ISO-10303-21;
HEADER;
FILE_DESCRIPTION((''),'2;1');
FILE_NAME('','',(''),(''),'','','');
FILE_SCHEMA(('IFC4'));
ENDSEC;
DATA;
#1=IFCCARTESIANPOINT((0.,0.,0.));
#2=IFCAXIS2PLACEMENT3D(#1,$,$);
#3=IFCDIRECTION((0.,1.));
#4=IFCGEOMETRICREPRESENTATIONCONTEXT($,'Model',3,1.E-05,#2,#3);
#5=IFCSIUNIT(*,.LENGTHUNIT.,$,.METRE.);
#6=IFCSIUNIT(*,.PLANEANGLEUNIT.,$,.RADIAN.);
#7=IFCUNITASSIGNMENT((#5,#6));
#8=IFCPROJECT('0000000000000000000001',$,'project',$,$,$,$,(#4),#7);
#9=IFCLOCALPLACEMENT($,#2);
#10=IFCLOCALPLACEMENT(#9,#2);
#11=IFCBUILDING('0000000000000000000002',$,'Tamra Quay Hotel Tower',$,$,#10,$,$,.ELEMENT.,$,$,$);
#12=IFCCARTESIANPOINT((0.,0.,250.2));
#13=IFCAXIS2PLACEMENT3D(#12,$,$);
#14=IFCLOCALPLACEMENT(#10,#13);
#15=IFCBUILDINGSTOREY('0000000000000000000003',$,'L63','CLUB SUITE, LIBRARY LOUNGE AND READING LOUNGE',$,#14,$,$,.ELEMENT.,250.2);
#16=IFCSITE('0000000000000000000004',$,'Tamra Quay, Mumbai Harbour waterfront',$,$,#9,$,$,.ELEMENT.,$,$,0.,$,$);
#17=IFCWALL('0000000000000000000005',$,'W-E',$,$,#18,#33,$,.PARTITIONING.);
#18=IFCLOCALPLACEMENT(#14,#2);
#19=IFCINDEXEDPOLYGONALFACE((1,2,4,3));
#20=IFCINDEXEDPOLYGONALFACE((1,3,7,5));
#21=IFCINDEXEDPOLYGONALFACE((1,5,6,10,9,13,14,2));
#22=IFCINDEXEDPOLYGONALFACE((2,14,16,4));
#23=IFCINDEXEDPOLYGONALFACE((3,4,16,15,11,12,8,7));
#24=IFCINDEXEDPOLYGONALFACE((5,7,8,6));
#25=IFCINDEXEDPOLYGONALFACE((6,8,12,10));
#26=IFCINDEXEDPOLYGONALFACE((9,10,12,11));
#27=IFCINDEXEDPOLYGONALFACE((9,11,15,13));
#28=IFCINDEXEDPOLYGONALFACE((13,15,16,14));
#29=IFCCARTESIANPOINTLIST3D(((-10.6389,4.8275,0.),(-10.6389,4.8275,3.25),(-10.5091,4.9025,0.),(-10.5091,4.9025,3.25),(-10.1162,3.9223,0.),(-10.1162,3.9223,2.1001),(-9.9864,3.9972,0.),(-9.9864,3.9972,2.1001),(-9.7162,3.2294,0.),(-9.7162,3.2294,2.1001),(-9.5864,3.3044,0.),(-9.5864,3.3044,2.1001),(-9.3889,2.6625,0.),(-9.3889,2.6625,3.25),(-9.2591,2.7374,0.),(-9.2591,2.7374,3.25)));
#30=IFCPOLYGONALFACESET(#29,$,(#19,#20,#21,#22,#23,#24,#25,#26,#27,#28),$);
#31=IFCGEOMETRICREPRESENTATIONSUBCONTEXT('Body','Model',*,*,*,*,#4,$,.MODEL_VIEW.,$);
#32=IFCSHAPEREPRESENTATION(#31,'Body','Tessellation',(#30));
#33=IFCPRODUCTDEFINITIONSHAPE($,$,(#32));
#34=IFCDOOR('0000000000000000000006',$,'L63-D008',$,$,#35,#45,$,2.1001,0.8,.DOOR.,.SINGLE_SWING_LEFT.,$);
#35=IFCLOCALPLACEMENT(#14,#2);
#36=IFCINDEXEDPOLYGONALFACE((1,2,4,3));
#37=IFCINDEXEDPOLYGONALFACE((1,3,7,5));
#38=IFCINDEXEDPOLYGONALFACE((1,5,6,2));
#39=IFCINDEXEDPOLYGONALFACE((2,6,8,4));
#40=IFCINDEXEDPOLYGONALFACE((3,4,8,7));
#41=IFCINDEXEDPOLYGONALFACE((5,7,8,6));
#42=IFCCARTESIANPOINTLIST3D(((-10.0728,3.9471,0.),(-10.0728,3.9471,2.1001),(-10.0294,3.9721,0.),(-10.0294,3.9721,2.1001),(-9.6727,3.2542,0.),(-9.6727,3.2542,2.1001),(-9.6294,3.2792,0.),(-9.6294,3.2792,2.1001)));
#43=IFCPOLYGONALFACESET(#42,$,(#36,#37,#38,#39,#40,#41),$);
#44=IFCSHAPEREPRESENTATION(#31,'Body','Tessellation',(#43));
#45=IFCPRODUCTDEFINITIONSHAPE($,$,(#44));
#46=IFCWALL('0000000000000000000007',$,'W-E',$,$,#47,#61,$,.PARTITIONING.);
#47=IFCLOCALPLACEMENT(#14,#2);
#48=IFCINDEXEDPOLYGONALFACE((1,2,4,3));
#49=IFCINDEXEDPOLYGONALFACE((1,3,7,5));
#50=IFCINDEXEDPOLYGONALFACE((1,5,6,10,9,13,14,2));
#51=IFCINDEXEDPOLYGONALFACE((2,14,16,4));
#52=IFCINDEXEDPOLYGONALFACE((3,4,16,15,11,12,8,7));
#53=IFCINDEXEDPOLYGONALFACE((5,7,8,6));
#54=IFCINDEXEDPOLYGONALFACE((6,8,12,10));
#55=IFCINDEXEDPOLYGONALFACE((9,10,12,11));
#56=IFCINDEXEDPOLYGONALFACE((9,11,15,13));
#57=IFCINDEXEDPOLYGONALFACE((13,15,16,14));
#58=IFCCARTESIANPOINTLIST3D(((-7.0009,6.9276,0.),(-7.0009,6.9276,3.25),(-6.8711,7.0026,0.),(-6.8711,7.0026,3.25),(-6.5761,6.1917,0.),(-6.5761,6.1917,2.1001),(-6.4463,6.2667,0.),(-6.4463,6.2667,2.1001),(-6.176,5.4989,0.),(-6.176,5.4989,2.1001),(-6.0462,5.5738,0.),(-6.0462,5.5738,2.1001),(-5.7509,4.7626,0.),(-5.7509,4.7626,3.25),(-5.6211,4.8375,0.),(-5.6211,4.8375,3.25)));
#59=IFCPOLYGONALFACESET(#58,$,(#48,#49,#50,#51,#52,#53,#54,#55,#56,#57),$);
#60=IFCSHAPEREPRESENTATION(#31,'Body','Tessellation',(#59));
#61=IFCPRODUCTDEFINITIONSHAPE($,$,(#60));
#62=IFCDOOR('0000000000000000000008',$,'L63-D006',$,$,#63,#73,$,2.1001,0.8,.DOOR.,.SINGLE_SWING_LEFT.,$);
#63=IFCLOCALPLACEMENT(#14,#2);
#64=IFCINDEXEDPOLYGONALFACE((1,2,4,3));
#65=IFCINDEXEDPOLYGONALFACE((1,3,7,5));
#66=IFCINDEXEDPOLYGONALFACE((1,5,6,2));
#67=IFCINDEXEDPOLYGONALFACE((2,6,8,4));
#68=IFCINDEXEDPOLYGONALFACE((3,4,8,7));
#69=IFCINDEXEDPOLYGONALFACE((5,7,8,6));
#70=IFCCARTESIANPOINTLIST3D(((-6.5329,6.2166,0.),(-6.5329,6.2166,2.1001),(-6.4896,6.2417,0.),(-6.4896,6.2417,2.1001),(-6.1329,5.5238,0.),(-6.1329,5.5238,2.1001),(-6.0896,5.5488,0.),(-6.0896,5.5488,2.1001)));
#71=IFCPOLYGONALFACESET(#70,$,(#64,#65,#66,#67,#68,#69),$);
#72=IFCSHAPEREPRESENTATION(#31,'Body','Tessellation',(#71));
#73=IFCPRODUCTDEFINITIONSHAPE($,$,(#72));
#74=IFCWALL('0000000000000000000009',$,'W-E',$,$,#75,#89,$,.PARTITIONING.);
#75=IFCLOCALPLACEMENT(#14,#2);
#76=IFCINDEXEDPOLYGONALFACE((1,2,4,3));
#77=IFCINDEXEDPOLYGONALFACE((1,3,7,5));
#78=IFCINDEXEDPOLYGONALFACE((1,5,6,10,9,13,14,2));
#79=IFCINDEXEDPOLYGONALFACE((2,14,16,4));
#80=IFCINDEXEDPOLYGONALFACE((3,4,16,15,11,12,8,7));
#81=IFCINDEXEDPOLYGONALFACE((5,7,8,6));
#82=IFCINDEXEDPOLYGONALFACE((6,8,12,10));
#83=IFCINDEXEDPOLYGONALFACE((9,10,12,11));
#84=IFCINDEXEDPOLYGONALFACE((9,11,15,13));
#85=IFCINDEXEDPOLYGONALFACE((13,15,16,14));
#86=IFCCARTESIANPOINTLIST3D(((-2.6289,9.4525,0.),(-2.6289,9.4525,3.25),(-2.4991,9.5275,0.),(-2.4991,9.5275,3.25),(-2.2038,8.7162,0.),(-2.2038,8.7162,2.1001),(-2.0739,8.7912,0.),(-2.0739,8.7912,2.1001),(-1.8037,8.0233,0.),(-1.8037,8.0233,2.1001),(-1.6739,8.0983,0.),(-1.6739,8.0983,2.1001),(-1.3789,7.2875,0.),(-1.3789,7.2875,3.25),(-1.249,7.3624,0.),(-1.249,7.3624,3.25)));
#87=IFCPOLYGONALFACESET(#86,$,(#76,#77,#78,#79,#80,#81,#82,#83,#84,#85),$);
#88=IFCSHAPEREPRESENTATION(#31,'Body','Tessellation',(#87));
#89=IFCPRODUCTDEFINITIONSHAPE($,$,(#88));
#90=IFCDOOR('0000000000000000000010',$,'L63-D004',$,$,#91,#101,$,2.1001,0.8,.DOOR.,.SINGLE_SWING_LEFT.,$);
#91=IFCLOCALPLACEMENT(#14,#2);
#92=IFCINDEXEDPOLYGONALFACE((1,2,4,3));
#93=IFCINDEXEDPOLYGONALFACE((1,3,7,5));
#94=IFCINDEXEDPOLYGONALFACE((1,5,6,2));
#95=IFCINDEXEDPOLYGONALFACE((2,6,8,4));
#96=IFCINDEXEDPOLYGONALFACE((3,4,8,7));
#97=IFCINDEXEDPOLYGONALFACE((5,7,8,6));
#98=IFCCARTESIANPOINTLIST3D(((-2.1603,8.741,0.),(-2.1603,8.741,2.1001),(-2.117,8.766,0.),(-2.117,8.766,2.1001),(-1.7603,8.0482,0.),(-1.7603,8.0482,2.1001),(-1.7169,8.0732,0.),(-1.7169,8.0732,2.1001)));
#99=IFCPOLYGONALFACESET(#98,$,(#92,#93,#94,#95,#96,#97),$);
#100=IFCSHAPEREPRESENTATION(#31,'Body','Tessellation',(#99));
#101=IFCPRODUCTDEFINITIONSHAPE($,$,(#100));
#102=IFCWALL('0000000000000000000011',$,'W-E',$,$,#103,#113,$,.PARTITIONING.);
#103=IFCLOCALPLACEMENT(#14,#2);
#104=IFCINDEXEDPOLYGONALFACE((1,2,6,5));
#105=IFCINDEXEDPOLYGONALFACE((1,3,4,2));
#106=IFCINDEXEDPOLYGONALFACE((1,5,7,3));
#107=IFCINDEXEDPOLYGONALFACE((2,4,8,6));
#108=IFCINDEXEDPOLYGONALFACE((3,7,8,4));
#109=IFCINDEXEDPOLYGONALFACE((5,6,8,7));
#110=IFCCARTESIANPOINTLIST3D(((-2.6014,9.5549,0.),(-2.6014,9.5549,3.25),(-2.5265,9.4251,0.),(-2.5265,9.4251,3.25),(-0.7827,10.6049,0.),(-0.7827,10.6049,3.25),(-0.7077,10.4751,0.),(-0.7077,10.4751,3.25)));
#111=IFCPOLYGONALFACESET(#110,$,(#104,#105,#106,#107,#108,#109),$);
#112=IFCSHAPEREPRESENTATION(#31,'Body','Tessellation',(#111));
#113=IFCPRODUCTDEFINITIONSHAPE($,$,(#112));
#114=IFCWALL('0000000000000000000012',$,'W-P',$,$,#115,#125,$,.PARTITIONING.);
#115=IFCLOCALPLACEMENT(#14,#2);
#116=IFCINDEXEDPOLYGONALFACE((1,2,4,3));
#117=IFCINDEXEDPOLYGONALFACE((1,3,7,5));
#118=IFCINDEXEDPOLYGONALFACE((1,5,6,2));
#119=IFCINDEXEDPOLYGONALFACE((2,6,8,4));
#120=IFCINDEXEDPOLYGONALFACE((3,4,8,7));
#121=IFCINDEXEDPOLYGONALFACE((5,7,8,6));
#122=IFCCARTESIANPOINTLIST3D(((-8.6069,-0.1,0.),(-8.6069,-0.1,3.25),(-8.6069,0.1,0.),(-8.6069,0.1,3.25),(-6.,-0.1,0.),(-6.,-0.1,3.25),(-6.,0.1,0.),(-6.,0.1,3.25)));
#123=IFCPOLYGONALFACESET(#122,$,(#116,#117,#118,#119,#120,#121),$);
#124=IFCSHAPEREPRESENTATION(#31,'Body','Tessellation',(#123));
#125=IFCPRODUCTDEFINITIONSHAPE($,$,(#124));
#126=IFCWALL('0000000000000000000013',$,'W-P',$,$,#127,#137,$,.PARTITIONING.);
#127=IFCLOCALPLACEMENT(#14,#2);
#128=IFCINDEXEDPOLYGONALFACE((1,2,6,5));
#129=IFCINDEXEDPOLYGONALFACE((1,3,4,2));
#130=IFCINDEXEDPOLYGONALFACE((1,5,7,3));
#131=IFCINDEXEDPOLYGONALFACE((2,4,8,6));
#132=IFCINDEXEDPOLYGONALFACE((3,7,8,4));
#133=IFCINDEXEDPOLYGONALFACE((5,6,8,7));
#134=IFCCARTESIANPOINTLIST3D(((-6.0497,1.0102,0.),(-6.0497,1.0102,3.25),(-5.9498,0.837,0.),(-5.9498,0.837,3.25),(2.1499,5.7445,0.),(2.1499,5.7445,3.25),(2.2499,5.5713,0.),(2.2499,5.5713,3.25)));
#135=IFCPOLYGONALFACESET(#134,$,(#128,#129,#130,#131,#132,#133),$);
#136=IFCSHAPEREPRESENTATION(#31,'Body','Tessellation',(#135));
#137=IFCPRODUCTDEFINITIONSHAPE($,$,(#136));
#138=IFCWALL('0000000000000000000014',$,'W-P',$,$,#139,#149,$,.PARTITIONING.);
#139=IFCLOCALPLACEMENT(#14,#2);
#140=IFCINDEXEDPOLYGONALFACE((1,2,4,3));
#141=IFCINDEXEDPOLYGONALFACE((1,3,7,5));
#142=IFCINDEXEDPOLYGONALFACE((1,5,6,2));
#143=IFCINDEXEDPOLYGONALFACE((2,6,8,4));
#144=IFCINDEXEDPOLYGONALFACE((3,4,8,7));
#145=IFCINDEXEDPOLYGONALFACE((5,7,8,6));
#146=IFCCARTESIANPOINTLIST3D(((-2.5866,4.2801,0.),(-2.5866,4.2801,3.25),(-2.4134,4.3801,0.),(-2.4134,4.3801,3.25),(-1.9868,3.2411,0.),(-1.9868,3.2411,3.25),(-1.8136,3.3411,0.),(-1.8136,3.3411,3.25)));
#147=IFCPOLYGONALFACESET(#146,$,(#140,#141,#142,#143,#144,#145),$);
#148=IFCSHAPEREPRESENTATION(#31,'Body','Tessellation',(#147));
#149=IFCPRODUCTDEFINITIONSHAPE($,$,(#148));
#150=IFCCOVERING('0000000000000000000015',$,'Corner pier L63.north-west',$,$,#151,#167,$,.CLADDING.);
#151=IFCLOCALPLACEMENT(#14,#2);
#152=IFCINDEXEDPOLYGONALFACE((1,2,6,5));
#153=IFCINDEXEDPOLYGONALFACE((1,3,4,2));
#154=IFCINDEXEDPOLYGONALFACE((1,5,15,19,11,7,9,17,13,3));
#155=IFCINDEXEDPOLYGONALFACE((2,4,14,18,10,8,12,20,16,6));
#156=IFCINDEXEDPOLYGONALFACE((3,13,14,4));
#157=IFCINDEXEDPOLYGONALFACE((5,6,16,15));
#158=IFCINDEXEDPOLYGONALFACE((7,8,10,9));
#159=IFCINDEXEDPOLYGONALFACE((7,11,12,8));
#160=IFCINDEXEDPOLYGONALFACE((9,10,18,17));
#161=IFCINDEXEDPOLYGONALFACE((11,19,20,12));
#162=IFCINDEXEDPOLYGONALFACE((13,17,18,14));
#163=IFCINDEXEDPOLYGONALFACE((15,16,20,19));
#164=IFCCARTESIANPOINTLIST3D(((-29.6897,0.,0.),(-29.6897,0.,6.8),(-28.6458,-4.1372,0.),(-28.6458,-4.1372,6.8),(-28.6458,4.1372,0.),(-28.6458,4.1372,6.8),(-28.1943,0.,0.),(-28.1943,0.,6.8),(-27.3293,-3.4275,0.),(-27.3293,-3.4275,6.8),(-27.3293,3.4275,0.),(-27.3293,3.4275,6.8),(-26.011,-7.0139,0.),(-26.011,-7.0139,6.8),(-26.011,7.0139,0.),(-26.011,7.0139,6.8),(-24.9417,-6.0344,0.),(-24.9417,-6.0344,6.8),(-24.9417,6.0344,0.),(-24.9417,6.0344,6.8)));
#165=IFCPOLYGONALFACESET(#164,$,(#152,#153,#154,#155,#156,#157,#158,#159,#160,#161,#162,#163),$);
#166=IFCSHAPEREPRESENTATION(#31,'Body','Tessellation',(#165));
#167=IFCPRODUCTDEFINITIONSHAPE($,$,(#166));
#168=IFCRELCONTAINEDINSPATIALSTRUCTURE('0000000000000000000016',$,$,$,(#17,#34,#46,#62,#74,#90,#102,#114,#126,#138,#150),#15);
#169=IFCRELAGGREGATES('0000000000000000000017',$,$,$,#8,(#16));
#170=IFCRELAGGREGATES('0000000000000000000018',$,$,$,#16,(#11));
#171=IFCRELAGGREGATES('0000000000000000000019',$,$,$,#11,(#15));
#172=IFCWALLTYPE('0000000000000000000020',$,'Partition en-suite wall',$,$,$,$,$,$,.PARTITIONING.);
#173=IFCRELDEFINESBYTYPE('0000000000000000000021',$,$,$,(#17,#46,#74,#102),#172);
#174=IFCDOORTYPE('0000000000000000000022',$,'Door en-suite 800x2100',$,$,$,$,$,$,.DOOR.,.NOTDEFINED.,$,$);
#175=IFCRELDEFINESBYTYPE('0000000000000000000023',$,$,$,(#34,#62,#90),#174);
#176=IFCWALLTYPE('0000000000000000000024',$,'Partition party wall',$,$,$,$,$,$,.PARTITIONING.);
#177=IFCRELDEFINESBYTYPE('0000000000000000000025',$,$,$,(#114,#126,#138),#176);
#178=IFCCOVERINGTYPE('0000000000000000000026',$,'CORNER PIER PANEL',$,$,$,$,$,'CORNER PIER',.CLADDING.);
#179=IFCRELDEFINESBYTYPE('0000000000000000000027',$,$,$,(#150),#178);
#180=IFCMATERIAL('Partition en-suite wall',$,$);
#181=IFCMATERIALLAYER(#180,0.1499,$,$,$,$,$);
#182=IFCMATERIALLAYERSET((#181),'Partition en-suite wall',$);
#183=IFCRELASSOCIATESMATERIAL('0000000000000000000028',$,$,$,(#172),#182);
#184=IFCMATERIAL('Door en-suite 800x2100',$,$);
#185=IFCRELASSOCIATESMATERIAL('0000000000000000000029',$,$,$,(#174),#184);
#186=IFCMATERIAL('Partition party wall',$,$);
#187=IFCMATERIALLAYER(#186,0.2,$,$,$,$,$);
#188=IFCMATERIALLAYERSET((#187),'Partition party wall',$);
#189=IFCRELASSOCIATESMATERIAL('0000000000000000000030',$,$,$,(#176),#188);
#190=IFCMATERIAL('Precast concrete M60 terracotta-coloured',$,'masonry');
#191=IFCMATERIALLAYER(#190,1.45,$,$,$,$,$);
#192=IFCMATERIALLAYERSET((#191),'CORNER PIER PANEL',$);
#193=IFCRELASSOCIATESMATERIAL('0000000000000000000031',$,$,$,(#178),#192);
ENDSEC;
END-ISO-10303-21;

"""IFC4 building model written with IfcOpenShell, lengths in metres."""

from ifc_helpers import new_model, si_unit, direction, frame, frame_2d, origin, place, context, subcontext, project, spatial, polyline, rectangle, outline, extrude, material, layer, layer_set, type_object, element, fill, save


model = new_model("IFC4")

# Units and contexts
model_context = context("Model", 3, precision=1e-05, world=origin(), true_north=direction((0.0, 1.0)))
body_context = subcontext(model_context, "Body", "Model", "MODEL_VIEW")
ifc_project = project(units=[si_unit("LENGTHUNIT", "METRE"), si_unit("PLANEANGLEUNIT", "RADIAN")], contexts=[model_context])

# Site, building, storey
site_placement = place(None, origin())
site = spatial("IfcSite", under=ifc_project, at=site_placement, Name="Tamra Quay, Mumbai Harbour waterfront", CompositionType="ELEMENT", RefElevation=0.0)
building_placement = place(site_placement, origin())
building = spatial("IfcBuilding", under=site, at=building_placement, Name="Tamra Quay Hotel Tower", CompositionType="ELEMENT")
storey_placement = place(building_placement, frame((0.0, 0.0, 250.2)))
storey = spatial("IfcBuildingStorey", under=building, at=storey_placement, Name="L63", Description="CLUB SUITE, LIBRARY LOUNGE AND READING LOUNGE", CompositionType="ELEMENT", Elevation=250.2)

# Shared definitions
ifc_material_1 = material(Name="Partition en-suite wall")
ifc_layer_1 = layer(ifc_material_1, 0.1499)
ifc_layer_set_1 = layer_set([ifc_layer_1], Name="Partition en-suite wall")
wall_type_1 = type_object("IfcWallType", Name="Partition en-suite wall", PredefinedType="PARTITIONING", material=ifc_layer_set_1)

# Walls, openings, doors
wall_1_placement = place(storey_placement, frame((-10.574, 4.865, 0.0), z_axis=(0.0, 0.0, 1.0), x_axis=(0.500004, -0.866023, 0.0)))
wall_1 = element("IfcWall", 1, at=wall_1_placement, inside=storey, type_object=wall_type_1, Name="W-E", PredefinedType="PARTITIONING", context=body_context, shape_type="SweptSolid", body=[
    extrude(rectangle(XDim=2.5, YDim=0.1499, at=frame_2d((1.25, 0.0))), origin(), (0.0, 0.0, 1.0), 3.25),
])
opening_1_placement = place(wall_1_placement, frame((1.0454, 0.0, 0.0)))
opening_1 = element("IfcOpeningElement", 2, at=opening_1_placement, cuts=wall_1, PredefinedType="OPENING", context=body_context, shape_type="SweptSolid", body=[
    extrude(rectangle(XDim=0.8, YDim=2.1001, at=frame_2d((0.3999, 1.05))), frame((0.0, 0.085, 0.0), z_axis=(0.0, -1.0, 0.0), x_axis=(1.0, 0.0, 0.0)), (0.0, 0.0, 1.0), 0.1699),
])
ifc_material_2 = material(Name="Door en-suite 800x2100")
door_type_1 = type_object("IfcDoorType", Name="Door en-suite 800x2100", OperationType="NOTDEFINED", PredefinedType="DOOR", material=ifc_material_2)
door_1_placement = place(opening_1_placement, frame((0.8, 0.0, 0.0), z_axis=(0.0, 0.0, 1.0), x_axis=(-1.0, 0.0, 0.0)))
door_1 = element("IfcDoor", 3, at=door_1_placement, inside=storey, type_object=door_type_1, Name="L63-D008", OperationType="SINGLE_SWING_LEFT", OverallHeight=2.1001, OverallWidth=0.8, PredefinedType="DOOR", context=body_context, shape_type="SweptSolid", body=[
    extrude(rectangle(XDim=0.8, YDim=2.1001, at=frame_2d((0.3999, 1.05))), frame((0.0, 0.0249, 0.0), z_axis=(0.0, -1.0, 0.0), x_axis=(1.0, 0.0, 0.0)), (0.0, 0.0, 1.0), 0.05),
])
fill(opening_1, door_1)
wall_2_placement = place(storey_placement, frame((-6.936, 6.9651, 0.0), z_axis=(0.0, 0.0, 1.0), x_axis=(0.500004, -0.866023, 0.0)))
wall_2 = element("IfcWall", 4, at=wall_2_placement, inside=storey, type_object=wall_type_1, Name="W-E", PredefinedType="PARTITIONING", context=body_context, shape_type="SweptSolid", body=[
    extrude(rectangle(XDim=2.5, YDim=0.1499, at=frame_2d((1.25, 0.0))), origin(), (0.0, 0.0, 1.0), 3.25),
])
opening_2_placement = place(wall_2_placement, frame((0.8499, 0.0, 0.0)))
opening_2 = element("IfcOpeningElement", 5, at=opening_2_placement, cuts=wall_2, PredefinedType="OPENING", context=body_context, shape_type="SweptSolid", body=[
    extrude(rectangle(XDim=0.8, YDim=2.1001, at=frame_2d((0.3999, 1.05))), frame((0.0, 0.085, 0.0), z_axis=(0.0, -1.0, 0.0), x_axis=(1.0, 0.0, 0.0)), (0.0, 0.0, 1.0), 0.1699),
])
door_2_placement = place(opening_2_placement, origin())
door_2 = element("IfcDoor", 6, at=door_2_placement, inside=storey, type_object=door_type_1, Name="L63-D006", OperationType="SINGLE_SWING_LEFT", OverallHeight=2.1001, OverallWidth=0.8, PredefinedType="DOOR", context=body_context, shape_type="SweptSolid", body=[
    extrude(rectangle(XDim=0.8, YDim=2.1001, at=frame_2d((0.3999, 1.05))), frame((0.0, 0.0249, 0.0), z_axis=(0.0, -1.0, 0.0), x_axis=(1.0, 0.0, 0.0)), (0.0, 0.0, 1.0), 0.05),
])
fill(opening_2, door_2)
wall_3_placement = place(storey_placement, frame((-2.564, 9.49, 0.0), z_axis=(0.0, 0.0, 1.0), x_axis=(0.500004, -0.866023, 0.0)))
wall_3 = element("IfcWall", 7, at=wall_3_placement, inside=storey, type_object=wall_type_1, Name="W-E", PredefinedType="PARTITIONING", context=body_context, shape_type="SweptSolid", body=[
    extrude(rectangle(XDim=2.5, YDim=0.1499, at=frame_2d((1.25, 0.0))), origin(), (0.0, 0.0, 1.0), 3.25),
])
opening_3_placement = place(wall_3_placement, frame((0.8503, 0.0, 0.0)))
opening_3 = element("IfcOpeningElement", 8, at=opening_3_placement, cuts=wall_3, PredefinedType="OPENING", context=body_context, shape_type="SweptSolid", body=[
    extrude(rectangle(XDim=0.8, YDim=2.1001, at=frame_2d((0.3999, 1.05))), frame((0.0, 0.085, 0.0), z_axis=(0.0, -1.0, 0.0), x_axis=(1.0, 0.0, 0.0)), (0.0, 0.0, 1.0), 0.1699),
])
door_3_placement = place(opening_3_placement, frame((0.8, 0.0, 0.0), z_axis=(0.0, 0.0, 1.0), x_axis=(-1.0, 0.0, 0.0)))
door_3 = element("IfcDoor", 9, at=door_3_placement, inside=storey, type_object=door_type_1, Name="L63-D004", OperationType="SINGLE_SWING_LEFT", OverallHeight=2.1001, OverallWidth=0.8, PredefinedType="DOOR", context=body_context, shape_type="SweptSolid", body=[
    extrude(rectangle(XDim=0.8, YDim=2.1001, at=frame_2d((0.3999, 1.05))), frame((0.0, 0.0249, 0.0), z_axis=(0.0, -1.0, 0.0), x_axis=(1.0, 0.0, 0.0)), (0.0, 0.0, 1.0), 0.05),
])
fill(opening_3, door_3)

# Walls
wall_4_placement = place(storey_placement, frame((-2.564, 9.49, 0.0), z_axis=(0.0, 0.0, 1.0), x_axis=(0.866038, 0.499977, 0.0)))
element("IfcWall", 10, at=wall_4_placement, inside=storey, type_object=wall_type_1, Name="W-E", PredefinedType="PARTITIONING", context=body_context, shape_type="SweptSolid", body=[
    extrude(rectangle(XDim=2.1001, YDim=0.1499, at=frame_2d((1.05, 0.0))), origin(), (0.0, 0.0, 1.0), 3.25),
])
ifc_material_3 = material(Name="Partition party wall")
ifc_layer_2 = layer(ifc_material_3, 0.2)
ifc_layer_set_2 = layer_set([ifc_layer_2], Name="Partition party wall")
wall_type_2 = type_object("IfcWallType", Name="Partition party wall", PredefinedType="PARTITIONING", material=ifc_layer_set_2)
wall_5_placement = place(storey_placement, frame((-8.6069, 0.0, 0.0), z_axis=(0.0, 0.0, 1.0), x_axis=(1.0, 0.0, 0.0)))
element("IfcWall", 11, at=wall_5_placement, inside=storey, type_object=wall_type_2, Name="W-P", PredefinedType="PARTITIONING", context=body_context, shape_type="SweptSolid", body=[
    extrude(rectangle(XDim=2.6069, YDim=0.2, at=frame_2d((1.3035, 0.0))), origin(), (0.0, 0.0, 1.0), 3.25),
])
wall_6_placement = place(storey_placement, frame((-5.9998, 0.9236, 0.0), z_axis=(0.0, 0.0, 1.0), x_axis=(0.866013, 0.500022, 0.0)))
element("IfcWall", 12, at=wall_6_placement, inside=storey, type_object=wall_type_2, Name="W-P", PredefinedType="PARTITIONING", context=body_context, shape_type="SweptSolid", body=[
    extrude(rectangle(XDim=9.4683, YDim=0.2, at=frame_2d((4.7341, 0.0))), origin(), (0.0, 0.0, 1.0), 3.25),
])
wall_7_placement = place(storey_placement, frame((-2.5, 4.3301, 0.0), z_axis=(0.0, 0.0, 1.0), x_axis=(0.499969, -0.866043, 0.0)))
element("IfcWall", 13, at=wall_7_placement, inside=storey, type_object=wall_type_2, Name="W-P", PredefinedType="PARTITIONING", context=body_context, shape_type="SweptSolid", body=[
    extrude(rectangle(XDim=1.1997, YDim=0.2, at=frame_2d((0.5999, 0.0))), origin(), (0.0, 0.0, 1.0), 3.25),
])

# Covering
ifc_material_4 = material(Name="Precast concrete M60 terracotta-coloured", Category="masonry")
ifc_layer_3 = layer(ifc_material_4, 1.45)
ifc_layer_set_3 = layer_set([ifc_layer_3], Name="CORNER PIER PANEL")
covering_type = type_object("IfcCoveringType", Name="CORNER PIER PANEL", ElementType="CORNER PIER", PredefinedType="CLADDING", material=ifc_layer_set_3)
covering_1_placement = place(storey_placement, origin())
element("IfcCovering", 14, at=covering_1_placement, inside=storey, type_object=covering_type, Name="Corner pier L63.north-west", PredefinedType="CLADDING", context=body_context, shape_type="SweptSolid", body=[
    extrude(outline(polyline([(-24.9417, 6.0344), (-26.011, 7.0139), (-28.6458, 4.1372), (-29.6897, 0.0), (-28.6458, -4.1372), (-26.011, -7.0139), (-24.9417, -6.0344), (-27.3293, -3.4275), (-28.1943, 0.0), (-27.3293, 3.4275), (-24.9417, 6.0344)])), origin(), (0.0, 0.0, 1.0), 6.8),
])

save(model, "model.ifc")
